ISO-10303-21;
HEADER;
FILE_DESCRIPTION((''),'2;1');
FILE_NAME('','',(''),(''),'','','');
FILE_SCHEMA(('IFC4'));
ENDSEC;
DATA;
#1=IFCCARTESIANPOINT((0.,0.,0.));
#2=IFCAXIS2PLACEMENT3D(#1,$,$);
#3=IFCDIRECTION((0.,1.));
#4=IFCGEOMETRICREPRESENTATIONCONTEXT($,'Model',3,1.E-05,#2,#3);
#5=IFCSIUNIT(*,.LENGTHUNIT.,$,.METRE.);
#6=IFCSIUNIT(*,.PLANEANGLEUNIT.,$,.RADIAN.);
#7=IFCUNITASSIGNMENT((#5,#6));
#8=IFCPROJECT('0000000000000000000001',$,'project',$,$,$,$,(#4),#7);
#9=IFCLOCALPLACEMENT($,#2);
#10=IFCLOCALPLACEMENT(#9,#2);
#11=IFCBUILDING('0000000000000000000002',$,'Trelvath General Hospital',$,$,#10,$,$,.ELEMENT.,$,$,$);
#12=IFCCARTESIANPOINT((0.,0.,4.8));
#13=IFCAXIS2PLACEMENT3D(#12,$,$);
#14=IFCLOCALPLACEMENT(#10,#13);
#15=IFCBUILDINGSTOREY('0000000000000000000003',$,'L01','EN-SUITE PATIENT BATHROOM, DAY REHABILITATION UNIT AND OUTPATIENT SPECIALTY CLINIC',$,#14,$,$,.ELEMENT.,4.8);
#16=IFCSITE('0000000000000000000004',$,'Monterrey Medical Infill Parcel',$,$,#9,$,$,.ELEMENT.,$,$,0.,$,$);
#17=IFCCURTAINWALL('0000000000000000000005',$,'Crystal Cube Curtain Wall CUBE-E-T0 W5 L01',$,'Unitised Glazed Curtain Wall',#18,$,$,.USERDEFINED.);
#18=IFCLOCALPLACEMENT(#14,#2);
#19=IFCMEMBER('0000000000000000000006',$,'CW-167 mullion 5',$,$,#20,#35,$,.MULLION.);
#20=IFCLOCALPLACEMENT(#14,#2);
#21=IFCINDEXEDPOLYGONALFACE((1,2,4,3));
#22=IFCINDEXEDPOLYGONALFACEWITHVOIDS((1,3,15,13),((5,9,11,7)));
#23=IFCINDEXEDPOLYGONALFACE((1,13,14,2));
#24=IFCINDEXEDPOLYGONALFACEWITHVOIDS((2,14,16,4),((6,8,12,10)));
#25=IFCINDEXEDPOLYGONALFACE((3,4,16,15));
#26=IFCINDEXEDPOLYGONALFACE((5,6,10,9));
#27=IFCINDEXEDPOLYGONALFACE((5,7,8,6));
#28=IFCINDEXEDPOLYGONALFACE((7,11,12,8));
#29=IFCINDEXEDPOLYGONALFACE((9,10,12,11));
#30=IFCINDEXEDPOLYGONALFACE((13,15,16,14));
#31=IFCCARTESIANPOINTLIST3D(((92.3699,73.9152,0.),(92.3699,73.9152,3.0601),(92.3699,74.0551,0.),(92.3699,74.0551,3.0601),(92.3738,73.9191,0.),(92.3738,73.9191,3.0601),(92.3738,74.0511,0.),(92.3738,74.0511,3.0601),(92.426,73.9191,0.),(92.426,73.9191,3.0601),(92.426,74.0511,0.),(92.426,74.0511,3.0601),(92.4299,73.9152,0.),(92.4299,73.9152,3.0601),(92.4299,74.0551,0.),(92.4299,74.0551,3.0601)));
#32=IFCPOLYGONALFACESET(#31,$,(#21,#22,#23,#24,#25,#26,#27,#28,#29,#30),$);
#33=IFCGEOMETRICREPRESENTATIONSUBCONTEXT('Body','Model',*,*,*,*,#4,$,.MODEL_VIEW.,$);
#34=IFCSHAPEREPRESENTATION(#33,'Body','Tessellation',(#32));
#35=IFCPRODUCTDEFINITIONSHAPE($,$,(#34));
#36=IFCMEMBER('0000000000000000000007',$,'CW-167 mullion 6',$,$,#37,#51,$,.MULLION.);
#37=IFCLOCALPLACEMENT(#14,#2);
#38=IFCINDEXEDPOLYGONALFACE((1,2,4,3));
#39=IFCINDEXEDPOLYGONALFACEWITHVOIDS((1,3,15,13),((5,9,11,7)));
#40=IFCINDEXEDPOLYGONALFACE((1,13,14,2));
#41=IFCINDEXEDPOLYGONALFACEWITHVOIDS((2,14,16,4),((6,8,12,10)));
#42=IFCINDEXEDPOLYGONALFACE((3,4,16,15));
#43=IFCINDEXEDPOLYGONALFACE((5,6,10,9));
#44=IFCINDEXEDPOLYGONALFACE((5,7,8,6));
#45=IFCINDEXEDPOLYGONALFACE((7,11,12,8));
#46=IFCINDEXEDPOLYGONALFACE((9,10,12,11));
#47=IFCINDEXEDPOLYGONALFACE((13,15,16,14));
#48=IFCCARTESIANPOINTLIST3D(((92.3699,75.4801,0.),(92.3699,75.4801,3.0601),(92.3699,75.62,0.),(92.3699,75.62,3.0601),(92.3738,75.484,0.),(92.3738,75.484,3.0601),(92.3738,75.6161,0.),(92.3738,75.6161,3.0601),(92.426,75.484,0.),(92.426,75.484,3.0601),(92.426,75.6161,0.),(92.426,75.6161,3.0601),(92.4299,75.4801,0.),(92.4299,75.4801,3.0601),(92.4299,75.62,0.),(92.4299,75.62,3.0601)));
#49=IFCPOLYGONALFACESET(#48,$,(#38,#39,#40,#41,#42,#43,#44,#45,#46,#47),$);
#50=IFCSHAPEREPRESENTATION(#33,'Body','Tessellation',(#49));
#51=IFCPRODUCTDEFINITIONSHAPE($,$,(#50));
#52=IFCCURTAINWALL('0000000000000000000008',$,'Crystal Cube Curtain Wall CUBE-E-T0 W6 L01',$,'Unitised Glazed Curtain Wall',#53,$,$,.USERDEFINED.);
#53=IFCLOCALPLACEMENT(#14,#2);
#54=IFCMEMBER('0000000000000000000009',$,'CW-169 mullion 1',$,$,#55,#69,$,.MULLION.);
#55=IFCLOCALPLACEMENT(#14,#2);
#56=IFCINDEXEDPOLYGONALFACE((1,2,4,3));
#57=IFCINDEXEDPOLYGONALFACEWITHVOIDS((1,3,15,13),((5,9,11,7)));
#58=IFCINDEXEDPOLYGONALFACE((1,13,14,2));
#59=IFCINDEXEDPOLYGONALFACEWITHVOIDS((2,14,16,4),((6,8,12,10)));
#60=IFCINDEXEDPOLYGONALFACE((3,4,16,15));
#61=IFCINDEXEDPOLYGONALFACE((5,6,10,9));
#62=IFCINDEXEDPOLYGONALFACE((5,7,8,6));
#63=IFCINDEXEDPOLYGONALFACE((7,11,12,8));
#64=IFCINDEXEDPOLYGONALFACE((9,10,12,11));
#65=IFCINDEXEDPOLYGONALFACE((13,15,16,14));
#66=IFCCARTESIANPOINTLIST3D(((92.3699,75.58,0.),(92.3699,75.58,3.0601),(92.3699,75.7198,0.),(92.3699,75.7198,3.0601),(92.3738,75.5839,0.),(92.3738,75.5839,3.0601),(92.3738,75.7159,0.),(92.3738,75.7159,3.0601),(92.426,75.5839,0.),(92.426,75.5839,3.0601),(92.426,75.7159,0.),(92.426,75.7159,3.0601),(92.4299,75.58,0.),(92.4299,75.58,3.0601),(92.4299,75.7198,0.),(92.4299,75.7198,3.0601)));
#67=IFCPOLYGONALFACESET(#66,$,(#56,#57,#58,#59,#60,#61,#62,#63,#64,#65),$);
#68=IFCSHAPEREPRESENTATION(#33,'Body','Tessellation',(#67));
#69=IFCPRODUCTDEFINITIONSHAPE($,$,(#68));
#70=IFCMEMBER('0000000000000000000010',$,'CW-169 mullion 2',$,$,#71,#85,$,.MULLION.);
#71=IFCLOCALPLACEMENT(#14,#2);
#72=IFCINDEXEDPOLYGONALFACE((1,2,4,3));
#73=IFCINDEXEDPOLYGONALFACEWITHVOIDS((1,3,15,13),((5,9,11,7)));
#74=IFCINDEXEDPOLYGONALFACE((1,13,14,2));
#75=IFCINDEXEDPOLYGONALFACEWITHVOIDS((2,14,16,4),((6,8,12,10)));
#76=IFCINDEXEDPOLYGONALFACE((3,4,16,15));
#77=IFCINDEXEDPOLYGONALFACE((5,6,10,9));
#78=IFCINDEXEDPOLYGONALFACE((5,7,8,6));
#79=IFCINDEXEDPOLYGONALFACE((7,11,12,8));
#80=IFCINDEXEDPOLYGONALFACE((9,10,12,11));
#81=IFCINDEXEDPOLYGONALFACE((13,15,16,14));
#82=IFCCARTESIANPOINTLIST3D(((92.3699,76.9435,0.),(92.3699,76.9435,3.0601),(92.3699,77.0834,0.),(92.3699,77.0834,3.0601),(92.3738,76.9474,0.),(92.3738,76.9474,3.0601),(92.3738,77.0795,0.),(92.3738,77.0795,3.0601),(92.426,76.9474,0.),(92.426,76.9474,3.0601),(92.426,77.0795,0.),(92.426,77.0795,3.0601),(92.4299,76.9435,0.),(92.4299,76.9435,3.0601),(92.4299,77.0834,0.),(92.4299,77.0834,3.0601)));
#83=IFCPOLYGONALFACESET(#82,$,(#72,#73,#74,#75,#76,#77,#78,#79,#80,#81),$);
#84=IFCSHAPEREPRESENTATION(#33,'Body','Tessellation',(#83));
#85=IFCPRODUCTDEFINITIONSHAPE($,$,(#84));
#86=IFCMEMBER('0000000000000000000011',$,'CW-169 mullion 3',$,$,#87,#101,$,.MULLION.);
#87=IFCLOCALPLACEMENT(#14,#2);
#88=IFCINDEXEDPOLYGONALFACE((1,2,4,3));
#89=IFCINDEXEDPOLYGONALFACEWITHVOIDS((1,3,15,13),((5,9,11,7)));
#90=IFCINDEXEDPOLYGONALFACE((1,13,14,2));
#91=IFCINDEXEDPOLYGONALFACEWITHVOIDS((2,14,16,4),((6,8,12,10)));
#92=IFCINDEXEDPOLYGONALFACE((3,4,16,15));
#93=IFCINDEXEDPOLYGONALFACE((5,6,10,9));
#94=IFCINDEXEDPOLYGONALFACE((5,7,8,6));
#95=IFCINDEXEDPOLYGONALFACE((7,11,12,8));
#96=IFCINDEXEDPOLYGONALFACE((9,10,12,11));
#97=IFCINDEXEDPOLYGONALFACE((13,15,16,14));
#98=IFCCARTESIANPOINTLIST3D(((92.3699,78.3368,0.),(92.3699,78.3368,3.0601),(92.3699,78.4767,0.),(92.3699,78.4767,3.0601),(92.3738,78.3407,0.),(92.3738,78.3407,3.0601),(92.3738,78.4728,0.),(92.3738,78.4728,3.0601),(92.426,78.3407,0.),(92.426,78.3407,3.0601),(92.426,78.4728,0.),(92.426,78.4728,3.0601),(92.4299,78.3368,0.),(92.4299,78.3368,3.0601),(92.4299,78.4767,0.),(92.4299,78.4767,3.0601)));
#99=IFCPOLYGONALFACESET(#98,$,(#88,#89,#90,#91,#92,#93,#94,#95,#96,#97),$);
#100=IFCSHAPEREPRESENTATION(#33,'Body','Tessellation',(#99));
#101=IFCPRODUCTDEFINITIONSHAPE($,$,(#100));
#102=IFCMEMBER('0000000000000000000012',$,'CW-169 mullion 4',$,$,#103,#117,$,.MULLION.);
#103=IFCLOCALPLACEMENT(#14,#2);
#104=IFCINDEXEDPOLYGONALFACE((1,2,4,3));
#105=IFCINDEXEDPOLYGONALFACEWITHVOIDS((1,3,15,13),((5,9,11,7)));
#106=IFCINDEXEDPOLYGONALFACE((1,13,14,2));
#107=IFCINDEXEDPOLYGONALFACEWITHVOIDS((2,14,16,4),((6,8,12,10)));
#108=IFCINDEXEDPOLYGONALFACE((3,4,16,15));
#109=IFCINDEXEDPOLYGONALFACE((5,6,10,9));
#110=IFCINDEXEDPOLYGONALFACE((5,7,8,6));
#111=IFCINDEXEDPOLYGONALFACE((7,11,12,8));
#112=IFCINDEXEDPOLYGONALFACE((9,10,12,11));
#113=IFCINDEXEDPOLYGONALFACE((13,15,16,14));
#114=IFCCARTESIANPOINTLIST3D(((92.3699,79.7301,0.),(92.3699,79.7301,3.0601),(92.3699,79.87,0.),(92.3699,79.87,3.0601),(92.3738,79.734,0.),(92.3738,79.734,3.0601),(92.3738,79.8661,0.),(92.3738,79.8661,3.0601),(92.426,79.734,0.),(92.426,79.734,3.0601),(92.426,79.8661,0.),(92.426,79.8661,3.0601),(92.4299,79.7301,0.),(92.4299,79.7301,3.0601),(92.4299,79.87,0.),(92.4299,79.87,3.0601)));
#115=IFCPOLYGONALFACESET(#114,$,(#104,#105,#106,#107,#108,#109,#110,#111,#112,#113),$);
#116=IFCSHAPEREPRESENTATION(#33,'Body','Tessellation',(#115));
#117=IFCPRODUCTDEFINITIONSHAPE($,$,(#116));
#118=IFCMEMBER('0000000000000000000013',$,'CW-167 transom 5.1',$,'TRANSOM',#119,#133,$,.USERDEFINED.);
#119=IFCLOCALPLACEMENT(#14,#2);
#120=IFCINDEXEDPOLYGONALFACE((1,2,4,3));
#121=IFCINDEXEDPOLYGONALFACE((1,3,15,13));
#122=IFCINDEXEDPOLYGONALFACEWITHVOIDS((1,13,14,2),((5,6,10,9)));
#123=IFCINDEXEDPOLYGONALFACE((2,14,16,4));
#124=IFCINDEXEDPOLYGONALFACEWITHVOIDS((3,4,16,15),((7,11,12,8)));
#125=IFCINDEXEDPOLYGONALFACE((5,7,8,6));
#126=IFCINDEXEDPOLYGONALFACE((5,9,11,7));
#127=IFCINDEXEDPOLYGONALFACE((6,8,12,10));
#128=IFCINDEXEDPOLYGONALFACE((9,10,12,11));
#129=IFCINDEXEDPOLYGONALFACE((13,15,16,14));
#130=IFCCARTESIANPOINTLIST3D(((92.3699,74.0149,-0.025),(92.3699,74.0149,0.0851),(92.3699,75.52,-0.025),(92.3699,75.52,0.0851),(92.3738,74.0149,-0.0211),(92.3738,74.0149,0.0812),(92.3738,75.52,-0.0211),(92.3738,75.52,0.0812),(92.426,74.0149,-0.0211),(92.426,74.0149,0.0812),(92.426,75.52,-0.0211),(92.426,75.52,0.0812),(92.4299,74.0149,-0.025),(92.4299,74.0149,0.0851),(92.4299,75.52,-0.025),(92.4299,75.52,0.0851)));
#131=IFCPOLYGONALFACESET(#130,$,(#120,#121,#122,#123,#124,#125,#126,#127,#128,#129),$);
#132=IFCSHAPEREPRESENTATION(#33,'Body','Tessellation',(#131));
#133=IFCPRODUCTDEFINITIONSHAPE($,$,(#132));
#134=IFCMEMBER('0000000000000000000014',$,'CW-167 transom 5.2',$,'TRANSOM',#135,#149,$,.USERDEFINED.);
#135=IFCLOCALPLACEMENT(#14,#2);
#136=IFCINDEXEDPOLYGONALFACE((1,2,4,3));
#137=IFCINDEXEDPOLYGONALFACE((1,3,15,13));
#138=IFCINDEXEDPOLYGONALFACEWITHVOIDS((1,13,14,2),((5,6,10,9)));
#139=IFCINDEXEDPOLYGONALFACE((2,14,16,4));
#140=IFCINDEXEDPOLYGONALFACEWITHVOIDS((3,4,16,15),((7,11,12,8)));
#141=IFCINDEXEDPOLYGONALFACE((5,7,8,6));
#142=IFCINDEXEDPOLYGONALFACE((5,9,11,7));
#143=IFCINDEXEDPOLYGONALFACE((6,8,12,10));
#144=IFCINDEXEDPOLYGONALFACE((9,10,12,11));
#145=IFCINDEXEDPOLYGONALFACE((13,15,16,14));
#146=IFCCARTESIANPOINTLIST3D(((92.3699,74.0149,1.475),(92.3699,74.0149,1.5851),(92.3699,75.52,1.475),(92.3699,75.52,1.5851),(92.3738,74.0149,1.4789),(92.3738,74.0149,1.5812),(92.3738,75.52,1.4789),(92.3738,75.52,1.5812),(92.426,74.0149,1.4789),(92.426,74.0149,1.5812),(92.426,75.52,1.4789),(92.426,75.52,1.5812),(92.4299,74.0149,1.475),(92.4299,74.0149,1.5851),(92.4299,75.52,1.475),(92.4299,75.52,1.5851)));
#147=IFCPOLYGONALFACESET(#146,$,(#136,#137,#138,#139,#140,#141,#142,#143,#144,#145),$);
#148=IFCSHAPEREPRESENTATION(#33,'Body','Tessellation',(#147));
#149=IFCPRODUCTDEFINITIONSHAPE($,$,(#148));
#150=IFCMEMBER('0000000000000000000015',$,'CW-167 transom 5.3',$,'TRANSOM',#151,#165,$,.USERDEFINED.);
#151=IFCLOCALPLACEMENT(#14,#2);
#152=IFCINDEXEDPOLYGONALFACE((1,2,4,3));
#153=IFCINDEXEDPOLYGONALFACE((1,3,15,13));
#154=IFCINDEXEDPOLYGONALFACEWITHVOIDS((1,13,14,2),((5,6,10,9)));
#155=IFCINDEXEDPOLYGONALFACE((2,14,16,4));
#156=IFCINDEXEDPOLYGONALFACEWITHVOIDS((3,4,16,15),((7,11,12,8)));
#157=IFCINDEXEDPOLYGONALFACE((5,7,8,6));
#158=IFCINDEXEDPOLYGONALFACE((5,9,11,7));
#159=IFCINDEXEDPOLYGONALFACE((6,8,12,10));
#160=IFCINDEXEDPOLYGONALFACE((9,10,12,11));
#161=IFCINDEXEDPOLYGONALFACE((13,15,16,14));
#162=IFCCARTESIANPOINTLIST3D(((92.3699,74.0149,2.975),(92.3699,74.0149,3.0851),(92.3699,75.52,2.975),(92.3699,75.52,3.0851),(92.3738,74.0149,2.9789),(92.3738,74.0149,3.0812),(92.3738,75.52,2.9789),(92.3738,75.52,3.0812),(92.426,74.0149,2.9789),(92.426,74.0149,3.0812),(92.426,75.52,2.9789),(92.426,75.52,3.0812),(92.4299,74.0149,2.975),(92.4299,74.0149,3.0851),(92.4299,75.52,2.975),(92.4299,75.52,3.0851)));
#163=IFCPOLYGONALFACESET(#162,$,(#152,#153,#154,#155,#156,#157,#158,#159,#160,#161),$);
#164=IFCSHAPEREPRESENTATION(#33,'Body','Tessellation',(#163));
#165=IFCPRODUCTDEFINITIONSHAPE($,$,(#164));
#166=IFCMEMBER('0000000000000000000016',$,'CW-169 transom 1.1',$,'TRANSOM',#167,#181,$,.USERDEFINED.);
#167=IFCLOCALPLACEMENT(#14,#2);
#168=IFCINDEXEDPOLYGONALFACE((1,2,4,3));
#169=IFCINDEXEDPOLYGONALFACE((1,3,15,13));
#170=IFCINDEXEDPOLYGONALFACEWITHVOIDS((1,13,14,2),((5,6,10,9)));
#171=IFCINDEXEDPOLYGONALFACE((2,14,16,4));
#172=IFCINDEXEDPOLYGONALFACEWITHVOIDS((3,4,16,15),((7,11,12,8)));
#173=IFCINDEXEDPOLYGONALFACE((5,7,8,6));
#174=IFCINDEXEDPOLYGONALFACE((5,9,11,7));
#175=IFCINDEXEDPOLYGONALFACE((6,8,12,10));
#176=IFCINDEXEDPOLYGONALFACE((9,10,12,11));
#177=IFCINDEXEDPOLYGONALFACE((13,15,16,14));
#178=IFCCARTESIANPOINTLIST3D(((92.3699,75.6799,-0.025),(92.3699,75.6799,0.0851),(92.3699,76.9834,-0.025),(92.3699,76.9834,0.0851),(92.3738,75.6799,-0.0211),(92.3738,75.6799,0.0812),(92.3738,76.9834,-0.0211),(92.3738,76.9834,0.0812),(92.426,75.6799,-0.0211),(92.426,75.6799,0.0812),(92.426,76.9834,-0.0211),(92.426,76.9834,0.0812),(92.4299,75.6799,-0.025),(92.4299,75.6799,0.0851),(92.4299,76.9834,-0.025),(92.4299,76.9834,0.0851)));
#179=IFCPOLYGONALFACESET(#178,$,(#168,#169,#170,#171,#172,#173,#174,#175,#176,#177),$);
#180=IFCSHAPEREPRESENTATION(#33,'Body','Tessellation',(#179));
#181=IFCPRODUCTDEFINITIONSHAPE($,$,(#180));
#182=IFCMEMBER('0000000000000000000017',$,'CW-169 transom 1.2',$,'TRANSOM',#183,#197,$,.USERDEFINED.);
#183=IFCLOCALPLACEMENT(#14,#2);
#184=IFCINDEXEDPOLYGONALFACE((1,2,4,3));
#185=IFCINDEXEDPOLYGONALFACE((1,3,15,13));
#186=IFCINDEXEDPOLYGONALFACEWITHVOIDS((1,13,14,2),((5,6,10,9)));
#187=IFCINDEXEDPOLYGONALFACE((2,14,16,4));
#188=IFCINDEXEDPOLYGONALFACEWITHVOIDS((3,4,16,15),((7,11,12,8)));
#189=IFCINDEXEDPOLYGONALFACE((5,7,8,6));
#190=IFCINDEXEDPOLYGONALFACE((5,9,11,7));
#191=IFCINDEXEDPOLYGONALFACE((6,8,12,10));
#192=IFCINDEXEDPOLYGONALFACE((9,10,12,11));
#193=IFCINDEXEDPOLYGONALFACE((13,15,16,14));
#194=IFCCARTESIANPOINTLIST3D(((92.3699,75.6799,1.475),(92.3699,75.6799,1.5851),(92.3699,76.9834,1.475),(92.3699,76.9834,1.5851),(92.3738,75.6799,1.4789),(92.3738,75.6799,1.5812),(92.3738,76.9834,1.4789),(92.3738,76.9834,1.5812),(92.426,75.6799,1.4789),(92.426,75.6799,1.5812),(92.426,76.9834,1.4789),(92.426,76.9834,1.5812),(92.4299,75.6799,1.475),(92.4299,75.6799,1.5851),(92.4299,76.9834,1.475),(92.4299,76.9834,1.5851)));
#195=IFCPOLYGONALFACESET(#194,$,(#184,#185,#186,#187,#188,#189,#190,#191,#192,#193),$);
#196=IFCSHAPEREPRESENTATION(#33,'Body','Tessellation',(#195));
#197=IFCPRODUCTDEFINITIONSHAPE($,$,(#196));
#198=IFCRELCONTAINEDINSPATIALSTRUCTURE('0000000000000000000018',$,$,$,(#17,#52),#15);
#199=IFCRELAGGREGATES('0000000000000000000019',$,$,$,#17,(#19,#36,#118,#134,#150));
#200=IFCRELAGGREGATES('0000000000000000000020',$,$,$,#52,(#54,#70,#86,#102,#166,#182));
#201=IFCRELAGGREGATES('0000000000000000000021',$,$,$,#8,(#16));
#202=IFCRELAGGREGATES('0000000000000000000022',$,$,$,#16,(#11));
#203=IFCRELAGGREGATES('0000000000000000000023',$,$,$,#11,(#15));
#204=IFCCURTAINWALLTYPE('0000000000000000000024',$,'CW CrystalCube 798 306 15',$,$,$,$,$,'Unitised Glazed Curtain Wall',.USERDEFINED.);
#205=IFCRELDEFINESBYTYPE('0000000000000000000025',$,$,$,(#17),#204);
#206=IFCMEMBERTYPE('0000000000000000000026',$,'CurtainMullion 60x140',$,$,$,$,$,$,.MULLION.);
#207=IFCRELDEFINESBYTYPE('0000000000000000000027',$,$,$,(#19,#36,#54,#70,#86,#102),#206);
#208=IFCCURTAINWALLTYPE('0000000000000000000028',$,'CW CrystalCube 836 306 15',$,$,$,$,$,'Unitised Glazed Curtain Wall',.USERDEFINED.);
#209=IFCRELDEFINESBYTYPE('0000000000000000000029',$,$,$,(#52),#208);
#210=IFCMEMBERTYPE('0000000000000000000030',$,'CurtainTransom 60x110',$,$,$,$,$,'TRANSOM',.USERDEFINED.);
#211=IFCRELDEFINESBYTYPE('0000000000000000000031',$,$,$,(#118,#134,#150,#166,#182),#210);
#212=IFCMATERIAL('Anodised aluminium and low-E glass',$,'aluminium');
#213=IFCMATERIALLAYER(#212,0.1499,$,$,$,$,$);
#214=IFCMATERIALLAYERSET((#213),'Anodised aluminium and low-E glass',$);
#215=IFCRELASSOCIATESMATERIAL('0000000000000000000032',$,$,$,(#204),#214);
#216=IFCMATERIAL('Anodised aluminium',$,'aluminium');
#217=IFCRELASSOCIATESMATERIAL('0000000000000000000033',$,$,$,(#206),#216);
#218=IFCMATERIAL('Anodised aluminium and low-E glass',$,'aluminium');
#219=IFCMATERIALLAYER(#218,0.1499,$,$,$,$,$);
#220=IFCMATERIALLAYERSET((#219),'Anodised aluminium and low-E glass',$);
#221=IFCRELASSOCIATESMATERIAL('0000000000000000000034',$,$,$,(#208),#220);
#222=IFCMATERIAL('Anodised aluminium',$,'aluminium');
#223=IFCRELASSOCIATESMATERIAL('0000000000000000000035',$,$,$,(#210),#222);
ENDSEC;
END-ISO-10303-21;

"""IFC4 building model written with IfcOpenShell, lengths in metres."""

from ifc_helpers import new_model, si_unit, direction, frame, origin, origin_2d, place, context, subcontext, project, spatial, hollow_rectangle, extrude, material, layer, layer_set, material_profile, profile_set, type_object, element, aggregate, save


model = new_model("IFC4")

# Units and contexts
model_context = context("Model", 3, precision=1e-05, world=origin(), true_north=direction((0.0, 1.0)))
body_context = subcontext(model_context, "Body", "Model", "MODEL_VIEW")
ifc_project = project(units=[si_unit("LENGTHUNIT", "METRE"), si_unit("PLANEANGLEUNIT", "RADIAN")], contexts=[model_context])

# Site, building, storey
site_placement = place(None, origin())
site = spatial("IfcSite", under=ifc_project, at=site_placement, Name="Monterrey Medical Infill Parcel", CompositionType="ELEMENT", RefElevation=0.0)
building_placement = place(site_placement, origin())
building = spatial("IfcBuilding", under=site, at=building_placement, Name="Trelvath General Hospital", CompositionType="ELEMENT")
storey_placement = place(building_placement, frame((0.0, 0.0, 4.8)))
storey = spatial("IfcBuildingStorey", under=building, at=storey_placement, Name="L01", Description="EN-SUITE PATIENT BATHROOM, DAY REHABILITATION UNIT AND OUTPATIENT SPECIALTY CLINIC", CompositionType="ELEMENT", Elevation=4.8)

# Curtain walls, members
ifc_material_1 = material(Name="Anodised aluminium and low-E glass", Category="aluminium")
ifc_layer_1 = layer(ifc_material_1, 0.1499)
ifc_layer_set_1 = layer_set([ifc_layer_1], Name="Anodised aluminium and low-E glass")
curtain_wall_type_1 = type_object("IfcCurtainWallType", Name="CW CrystalCube 798 306 15", ElementType="Unitised Glazed Curtain Wall", PredefinedType="USERDEFINED", material=ifc_layer_set_1)
curtain_wall_1_placement = place(storey_placement, origin())
curtain_wall_1 = element("IfcCurtainWall", 1, at=curtain_wall_1_placement, inside=storey, type_object=curtain_wall_type_1, Name="Crystal Cube Curtain Wall CUBE-E-T0 W5 L01", ObjectType="Unitised Glazed Curtain Wall", PredefinedType="USERDEFINED")
ifc_material_2 = material(Name="Anodised aluminium", Category="aluminium")
ifc_material_profile_1 = material_profile(ifc_material_2, hollow_rectangle(XDim=0.0601, YDim=0.1399, WallThickness=0.0039, at=origin_2d()), Name="RHS60x140x4")
ifc_profile_set_1 = profile_set([ifc_material_profile_1], Name="Anodised aluminium")
member_type_1 = type_object("IfcMemberType", Name="CurtainMullion 60x140", PredefinedType="MULLION", material=ifc_profile_set_1)
member_1_placement = place(storey_placement, frame((92.3999, 73.9851, 0.0), z_axis=(0.0, 0.0, 1.0), x_axis=(-1.0, 0.0, 0.0)))
member_1 = element("IfcMember", 2, at=member_1_placement, type_object=member_type_1, Name="CW-167 mullion 5", PredefinedType="MULLION", context=body_context, shape_type="SweptSolid", body=[
    extrude(hollow_rectangle(XDim=0.0601, YDim=0.1399, WallThickness=0.0039, at=origin_2d()), origin(), (0.0, 0.0, 1.0), 3.0601),
])
member_2_placement = place(storey_placement, frame((92.3999, 75.55, 0.0), z_axis=(0.0, 0.0, 1.0), x_axis=(-1.0, 0.0, 0.0)))
member_2 = element("IfcMember", 3, at=member_2_placement, type_object=member_type_1, Name="CW-167 mullion 6", PredefinedType="MULLION", context=body_context, shape_type="SweptSolid", body=[
    extrude(hollow_rectangle(XDim=0.0601, YDim=0.1399, WallThickness=0.0039, at=origin_2d()), origin(), (0.0, 0.0, 1.0), 3.0601),
])
ifc_material_3 = material(Name="Anodised aluminium and low-E glass", Category="aluminium")
ifc_layer_2 = layer(ifc_material_3, 0.1499)
ifc_layer_set_2 = layer_set([ifc_layer_2], Name="Anodised aluminium and low-E glass")
curtain_wall_type_2 = type_object("IfcCurtainWallType", Name="CW CrystalCube 836 306 15", ElementType="Unitised Glazed Curtain Wall", PredefinedType="USERDEFINED", material=ifc_layer_set_2)
curtain_wall_2_placement = place(storey_placement, origin())
curtain_wall_2 = element("IfcCurtainWall", 4, at=curtain_wall_2_placement, inside=storey, type_object=curtain_wall_type_2, Name="Crystal Cube Curtain Wall CUBE-E-T0 W6 L01", ObjectType="Unitised Glazed Curtain Wall", PredefinedType="USERDEFINED")
member_3_placement = place(storey_placement, frame((92.3999, 75.6499, 0.0), z_axis=(0.0, 0.0, 1.0), x_axis=(-1.0, 0.0, 0.0)))
member_3 = element("IfcMember", 5, at=member_3_placement, type_object=member_type_1, Name="CW-169 mullion 1", PredefinedType="MULLION", context=body_context, shape_type="SweptSolid", body=[
    extrude(hollow_rectangle(XDim=0.0601, YDim=0.1399, WallThickness=0.0039, at=origin_2d()), origin(), (0.0, 0.0, 1.0), 3.0601),
])
member_4_placement = place(storey_placement, frame((92.3999, 77.0134, 0.0), z_axis=(0.0, 0.0, 1.0), x_axis=(-1.0, 0.0, 0.0)))
member_4 = element("IfcMember", 6, at=member_4_placement, type_object=member_type_1, Name="CW-169 mullion 2", PredefinedType="MULLION", context=body_context, shape_type="SweptSolid", body=[
    extrude(hollow_rectangle(XDim=0.0601, YDim=0.1399, WallThickness=0.0039, at=origin_2d()), origin(), (0.0, 0.0, 1.0), 3.0601),
])
member_5_placement = place(storey_placement, frame((92.3999, 78.4067, 0.0), z_axis=(0.0, 0.0, 1.0), x_axis=(-1.0, 0.0, 0.0)))
member_5 = element("IfcMember", 7, at=member_5_placement, type_object=member_type_1, Name="CW-169 mullion 3", PredefinedType="MULLION", context=body_context, shape_type="SweptSolid", body=[
    extrude(hollow_rectangle(XDim=0.0601, YDim=0.1399, WallThickness=0.0039, at=origin_2d()), origin(), (0.0, 0.0, 1.0), 3.0601),
])
member_6_placement = place(storey_placement, frame((92.3999, 79.8, 0.0), z_axis=(0.0, 0.0, 1.0), x_axis=(-1.0, 0.0, 0.0)))
member_6 = element("IfcMember", 8, at=member_6_placement, type_object=member_type_1, Name="CW-169 mullion 4", PredefinedType="MULLION", context=body_context, shape_type="SweptSolid", body=[
    extrude(hollow_rectangle(XDim=0.0601, YDim=0.1399, WallThickness=0.0039, at=origin_2d()), origin(), (0.0, 0.0, 1.0), 3.0601),
])

# Members
ifc_material_4 = material(Name="Anodised aluminium", Category="aluminium")
ifc_material_profile_2 = material_profile(ifc_material_4, hollow_rectangle(XDim=0.0601, YDim=0.1101, WallThickness=0.0039, at=origin_2d()), Name="RHS60x110x4")
ifc_profile_set_2 = profile_set([ifc_material_profile_2], Name="Anodised aluminium")
member_type_2 = type_object("IfcMemberType", Name="CurtainTransom 60x110", ElementType="TRANSOM", PredefinedType="USERDEFINED", material=ifc_profile_set_2)
member_7_placement = place(storey_placement, frame((92.3999, 74.0149, 0.03), z_axis=(0.0, 1.0, 0.0), x_axis=(-1.0, 0.0, 0.0)))
member_7 = element("IfcMember", 9, at=member_7_placement, type_object=member_type_2, Name="CW-167 transom 5.1", ObjectType="TRANSOM", PredefinedType="USERDEFINED", context=body_context, shape_type="SweptSolid", body=[
    extrude(hollow_rectangle(XDim=0.0601, YDim=0.1101, WallThickness=0.0039, at=origin_2d()), origin(), (0.0, 0.0, 1.0), 1.5051),
])
member_8_placement = place(storey_placement, frame((92.3999, 74.0149, 1.53), z_axis=(0.0, 1.0, 0.0), x_axis=(-1.0, 0.0, 0.0)))
member_8 = element("IfcMember", 10, at=member_8_placement, type_object=member_type_2, Name="CW-167 transom 5.2", ObjectType="TRANSOM", PredefinedType="USERDEFINED", context=body_context, shape_type="SweptSolid", body=[
    extrude(hollow_rectangle(XDim=0.0601, YDim=0.1101, WallThickness=0.0039, at=origin_2d()), origin(), (0.0, 0.0, 1.0), 1.5051),
])
member_9_placement = place(storey_placement, frame((92.3999, 74.0149, 3.03), z_axis=(0.0, 1.0, 0.0), x_axis=(-1.0, 0.0, 0.0)))
member_9 = element("IfcMember", 11, at=member_9_placement, type_object=member_type_2, Name="CW-167 transom 5.3", ObjectType="TRANSOM", PredefinedType="USERDEFINED", context=body_context, shape_type="SweptSolid", body=[
    extrude(hollow_rectangle(XDim=0.0601, YDim=0.1101, WallThickness=0.0039, at=origin_2d()), origin(), (0.0, 0.0, 1.0), 1.5051),
])
member_10_placement = place(storey_placement, frame((92.3999, 75.6799, 0.03), z_axis=(0.0, 1.0, 0.0), x_axis=(-1.0, 0.0, 0.0)))
member_10 = element("IfcMember", 12, at=member_10_placement, type_object=member_type_2, Name="CW-169 transom 1.1", ObjectType="TRANSOM", PredefinedType="USERDEFINED", context=body_context, shape_type="SweptSolid", body=[
    extrude(hollow_rectangle(XDim=0.0601, YDim=0.1101, WallThickness=0.0039, at=origin_2d()), origin(), (0.0, 0.0, 1.0), 1.3035),
])
member_11_placement = place(storey_placement, frame((92.3999, 75.6799, 1.53), z_axis=(0.0, 1.0, 0.0), x_axis=(-1.0, 0.0, 0.0)))
member_11 = element("IfcMember", 13, at=member_11_placement, type_object=member_type_2, Name="CW-169 transom 1.2", ObjectType="TRANSOM", PredefinedType="USERDEFINED", context=body_context, shape_type="SweptSolid", body=[
    extrude(hollow_rectangle(XDim=0.0601, YDim=0.1101, WallThickness=0.0039, at=origin_2d()), origin(), (0.0, 0.0, 1.0), 1.3035),
])

aggregate(curtain_wall_1, [member_1, member_2, member_7, member_8, member_9])
aggregate(curtain_wall_2, [member_3, member_4, member_5, member_6, member_10, member_11])

save(model, "model.ifc")
